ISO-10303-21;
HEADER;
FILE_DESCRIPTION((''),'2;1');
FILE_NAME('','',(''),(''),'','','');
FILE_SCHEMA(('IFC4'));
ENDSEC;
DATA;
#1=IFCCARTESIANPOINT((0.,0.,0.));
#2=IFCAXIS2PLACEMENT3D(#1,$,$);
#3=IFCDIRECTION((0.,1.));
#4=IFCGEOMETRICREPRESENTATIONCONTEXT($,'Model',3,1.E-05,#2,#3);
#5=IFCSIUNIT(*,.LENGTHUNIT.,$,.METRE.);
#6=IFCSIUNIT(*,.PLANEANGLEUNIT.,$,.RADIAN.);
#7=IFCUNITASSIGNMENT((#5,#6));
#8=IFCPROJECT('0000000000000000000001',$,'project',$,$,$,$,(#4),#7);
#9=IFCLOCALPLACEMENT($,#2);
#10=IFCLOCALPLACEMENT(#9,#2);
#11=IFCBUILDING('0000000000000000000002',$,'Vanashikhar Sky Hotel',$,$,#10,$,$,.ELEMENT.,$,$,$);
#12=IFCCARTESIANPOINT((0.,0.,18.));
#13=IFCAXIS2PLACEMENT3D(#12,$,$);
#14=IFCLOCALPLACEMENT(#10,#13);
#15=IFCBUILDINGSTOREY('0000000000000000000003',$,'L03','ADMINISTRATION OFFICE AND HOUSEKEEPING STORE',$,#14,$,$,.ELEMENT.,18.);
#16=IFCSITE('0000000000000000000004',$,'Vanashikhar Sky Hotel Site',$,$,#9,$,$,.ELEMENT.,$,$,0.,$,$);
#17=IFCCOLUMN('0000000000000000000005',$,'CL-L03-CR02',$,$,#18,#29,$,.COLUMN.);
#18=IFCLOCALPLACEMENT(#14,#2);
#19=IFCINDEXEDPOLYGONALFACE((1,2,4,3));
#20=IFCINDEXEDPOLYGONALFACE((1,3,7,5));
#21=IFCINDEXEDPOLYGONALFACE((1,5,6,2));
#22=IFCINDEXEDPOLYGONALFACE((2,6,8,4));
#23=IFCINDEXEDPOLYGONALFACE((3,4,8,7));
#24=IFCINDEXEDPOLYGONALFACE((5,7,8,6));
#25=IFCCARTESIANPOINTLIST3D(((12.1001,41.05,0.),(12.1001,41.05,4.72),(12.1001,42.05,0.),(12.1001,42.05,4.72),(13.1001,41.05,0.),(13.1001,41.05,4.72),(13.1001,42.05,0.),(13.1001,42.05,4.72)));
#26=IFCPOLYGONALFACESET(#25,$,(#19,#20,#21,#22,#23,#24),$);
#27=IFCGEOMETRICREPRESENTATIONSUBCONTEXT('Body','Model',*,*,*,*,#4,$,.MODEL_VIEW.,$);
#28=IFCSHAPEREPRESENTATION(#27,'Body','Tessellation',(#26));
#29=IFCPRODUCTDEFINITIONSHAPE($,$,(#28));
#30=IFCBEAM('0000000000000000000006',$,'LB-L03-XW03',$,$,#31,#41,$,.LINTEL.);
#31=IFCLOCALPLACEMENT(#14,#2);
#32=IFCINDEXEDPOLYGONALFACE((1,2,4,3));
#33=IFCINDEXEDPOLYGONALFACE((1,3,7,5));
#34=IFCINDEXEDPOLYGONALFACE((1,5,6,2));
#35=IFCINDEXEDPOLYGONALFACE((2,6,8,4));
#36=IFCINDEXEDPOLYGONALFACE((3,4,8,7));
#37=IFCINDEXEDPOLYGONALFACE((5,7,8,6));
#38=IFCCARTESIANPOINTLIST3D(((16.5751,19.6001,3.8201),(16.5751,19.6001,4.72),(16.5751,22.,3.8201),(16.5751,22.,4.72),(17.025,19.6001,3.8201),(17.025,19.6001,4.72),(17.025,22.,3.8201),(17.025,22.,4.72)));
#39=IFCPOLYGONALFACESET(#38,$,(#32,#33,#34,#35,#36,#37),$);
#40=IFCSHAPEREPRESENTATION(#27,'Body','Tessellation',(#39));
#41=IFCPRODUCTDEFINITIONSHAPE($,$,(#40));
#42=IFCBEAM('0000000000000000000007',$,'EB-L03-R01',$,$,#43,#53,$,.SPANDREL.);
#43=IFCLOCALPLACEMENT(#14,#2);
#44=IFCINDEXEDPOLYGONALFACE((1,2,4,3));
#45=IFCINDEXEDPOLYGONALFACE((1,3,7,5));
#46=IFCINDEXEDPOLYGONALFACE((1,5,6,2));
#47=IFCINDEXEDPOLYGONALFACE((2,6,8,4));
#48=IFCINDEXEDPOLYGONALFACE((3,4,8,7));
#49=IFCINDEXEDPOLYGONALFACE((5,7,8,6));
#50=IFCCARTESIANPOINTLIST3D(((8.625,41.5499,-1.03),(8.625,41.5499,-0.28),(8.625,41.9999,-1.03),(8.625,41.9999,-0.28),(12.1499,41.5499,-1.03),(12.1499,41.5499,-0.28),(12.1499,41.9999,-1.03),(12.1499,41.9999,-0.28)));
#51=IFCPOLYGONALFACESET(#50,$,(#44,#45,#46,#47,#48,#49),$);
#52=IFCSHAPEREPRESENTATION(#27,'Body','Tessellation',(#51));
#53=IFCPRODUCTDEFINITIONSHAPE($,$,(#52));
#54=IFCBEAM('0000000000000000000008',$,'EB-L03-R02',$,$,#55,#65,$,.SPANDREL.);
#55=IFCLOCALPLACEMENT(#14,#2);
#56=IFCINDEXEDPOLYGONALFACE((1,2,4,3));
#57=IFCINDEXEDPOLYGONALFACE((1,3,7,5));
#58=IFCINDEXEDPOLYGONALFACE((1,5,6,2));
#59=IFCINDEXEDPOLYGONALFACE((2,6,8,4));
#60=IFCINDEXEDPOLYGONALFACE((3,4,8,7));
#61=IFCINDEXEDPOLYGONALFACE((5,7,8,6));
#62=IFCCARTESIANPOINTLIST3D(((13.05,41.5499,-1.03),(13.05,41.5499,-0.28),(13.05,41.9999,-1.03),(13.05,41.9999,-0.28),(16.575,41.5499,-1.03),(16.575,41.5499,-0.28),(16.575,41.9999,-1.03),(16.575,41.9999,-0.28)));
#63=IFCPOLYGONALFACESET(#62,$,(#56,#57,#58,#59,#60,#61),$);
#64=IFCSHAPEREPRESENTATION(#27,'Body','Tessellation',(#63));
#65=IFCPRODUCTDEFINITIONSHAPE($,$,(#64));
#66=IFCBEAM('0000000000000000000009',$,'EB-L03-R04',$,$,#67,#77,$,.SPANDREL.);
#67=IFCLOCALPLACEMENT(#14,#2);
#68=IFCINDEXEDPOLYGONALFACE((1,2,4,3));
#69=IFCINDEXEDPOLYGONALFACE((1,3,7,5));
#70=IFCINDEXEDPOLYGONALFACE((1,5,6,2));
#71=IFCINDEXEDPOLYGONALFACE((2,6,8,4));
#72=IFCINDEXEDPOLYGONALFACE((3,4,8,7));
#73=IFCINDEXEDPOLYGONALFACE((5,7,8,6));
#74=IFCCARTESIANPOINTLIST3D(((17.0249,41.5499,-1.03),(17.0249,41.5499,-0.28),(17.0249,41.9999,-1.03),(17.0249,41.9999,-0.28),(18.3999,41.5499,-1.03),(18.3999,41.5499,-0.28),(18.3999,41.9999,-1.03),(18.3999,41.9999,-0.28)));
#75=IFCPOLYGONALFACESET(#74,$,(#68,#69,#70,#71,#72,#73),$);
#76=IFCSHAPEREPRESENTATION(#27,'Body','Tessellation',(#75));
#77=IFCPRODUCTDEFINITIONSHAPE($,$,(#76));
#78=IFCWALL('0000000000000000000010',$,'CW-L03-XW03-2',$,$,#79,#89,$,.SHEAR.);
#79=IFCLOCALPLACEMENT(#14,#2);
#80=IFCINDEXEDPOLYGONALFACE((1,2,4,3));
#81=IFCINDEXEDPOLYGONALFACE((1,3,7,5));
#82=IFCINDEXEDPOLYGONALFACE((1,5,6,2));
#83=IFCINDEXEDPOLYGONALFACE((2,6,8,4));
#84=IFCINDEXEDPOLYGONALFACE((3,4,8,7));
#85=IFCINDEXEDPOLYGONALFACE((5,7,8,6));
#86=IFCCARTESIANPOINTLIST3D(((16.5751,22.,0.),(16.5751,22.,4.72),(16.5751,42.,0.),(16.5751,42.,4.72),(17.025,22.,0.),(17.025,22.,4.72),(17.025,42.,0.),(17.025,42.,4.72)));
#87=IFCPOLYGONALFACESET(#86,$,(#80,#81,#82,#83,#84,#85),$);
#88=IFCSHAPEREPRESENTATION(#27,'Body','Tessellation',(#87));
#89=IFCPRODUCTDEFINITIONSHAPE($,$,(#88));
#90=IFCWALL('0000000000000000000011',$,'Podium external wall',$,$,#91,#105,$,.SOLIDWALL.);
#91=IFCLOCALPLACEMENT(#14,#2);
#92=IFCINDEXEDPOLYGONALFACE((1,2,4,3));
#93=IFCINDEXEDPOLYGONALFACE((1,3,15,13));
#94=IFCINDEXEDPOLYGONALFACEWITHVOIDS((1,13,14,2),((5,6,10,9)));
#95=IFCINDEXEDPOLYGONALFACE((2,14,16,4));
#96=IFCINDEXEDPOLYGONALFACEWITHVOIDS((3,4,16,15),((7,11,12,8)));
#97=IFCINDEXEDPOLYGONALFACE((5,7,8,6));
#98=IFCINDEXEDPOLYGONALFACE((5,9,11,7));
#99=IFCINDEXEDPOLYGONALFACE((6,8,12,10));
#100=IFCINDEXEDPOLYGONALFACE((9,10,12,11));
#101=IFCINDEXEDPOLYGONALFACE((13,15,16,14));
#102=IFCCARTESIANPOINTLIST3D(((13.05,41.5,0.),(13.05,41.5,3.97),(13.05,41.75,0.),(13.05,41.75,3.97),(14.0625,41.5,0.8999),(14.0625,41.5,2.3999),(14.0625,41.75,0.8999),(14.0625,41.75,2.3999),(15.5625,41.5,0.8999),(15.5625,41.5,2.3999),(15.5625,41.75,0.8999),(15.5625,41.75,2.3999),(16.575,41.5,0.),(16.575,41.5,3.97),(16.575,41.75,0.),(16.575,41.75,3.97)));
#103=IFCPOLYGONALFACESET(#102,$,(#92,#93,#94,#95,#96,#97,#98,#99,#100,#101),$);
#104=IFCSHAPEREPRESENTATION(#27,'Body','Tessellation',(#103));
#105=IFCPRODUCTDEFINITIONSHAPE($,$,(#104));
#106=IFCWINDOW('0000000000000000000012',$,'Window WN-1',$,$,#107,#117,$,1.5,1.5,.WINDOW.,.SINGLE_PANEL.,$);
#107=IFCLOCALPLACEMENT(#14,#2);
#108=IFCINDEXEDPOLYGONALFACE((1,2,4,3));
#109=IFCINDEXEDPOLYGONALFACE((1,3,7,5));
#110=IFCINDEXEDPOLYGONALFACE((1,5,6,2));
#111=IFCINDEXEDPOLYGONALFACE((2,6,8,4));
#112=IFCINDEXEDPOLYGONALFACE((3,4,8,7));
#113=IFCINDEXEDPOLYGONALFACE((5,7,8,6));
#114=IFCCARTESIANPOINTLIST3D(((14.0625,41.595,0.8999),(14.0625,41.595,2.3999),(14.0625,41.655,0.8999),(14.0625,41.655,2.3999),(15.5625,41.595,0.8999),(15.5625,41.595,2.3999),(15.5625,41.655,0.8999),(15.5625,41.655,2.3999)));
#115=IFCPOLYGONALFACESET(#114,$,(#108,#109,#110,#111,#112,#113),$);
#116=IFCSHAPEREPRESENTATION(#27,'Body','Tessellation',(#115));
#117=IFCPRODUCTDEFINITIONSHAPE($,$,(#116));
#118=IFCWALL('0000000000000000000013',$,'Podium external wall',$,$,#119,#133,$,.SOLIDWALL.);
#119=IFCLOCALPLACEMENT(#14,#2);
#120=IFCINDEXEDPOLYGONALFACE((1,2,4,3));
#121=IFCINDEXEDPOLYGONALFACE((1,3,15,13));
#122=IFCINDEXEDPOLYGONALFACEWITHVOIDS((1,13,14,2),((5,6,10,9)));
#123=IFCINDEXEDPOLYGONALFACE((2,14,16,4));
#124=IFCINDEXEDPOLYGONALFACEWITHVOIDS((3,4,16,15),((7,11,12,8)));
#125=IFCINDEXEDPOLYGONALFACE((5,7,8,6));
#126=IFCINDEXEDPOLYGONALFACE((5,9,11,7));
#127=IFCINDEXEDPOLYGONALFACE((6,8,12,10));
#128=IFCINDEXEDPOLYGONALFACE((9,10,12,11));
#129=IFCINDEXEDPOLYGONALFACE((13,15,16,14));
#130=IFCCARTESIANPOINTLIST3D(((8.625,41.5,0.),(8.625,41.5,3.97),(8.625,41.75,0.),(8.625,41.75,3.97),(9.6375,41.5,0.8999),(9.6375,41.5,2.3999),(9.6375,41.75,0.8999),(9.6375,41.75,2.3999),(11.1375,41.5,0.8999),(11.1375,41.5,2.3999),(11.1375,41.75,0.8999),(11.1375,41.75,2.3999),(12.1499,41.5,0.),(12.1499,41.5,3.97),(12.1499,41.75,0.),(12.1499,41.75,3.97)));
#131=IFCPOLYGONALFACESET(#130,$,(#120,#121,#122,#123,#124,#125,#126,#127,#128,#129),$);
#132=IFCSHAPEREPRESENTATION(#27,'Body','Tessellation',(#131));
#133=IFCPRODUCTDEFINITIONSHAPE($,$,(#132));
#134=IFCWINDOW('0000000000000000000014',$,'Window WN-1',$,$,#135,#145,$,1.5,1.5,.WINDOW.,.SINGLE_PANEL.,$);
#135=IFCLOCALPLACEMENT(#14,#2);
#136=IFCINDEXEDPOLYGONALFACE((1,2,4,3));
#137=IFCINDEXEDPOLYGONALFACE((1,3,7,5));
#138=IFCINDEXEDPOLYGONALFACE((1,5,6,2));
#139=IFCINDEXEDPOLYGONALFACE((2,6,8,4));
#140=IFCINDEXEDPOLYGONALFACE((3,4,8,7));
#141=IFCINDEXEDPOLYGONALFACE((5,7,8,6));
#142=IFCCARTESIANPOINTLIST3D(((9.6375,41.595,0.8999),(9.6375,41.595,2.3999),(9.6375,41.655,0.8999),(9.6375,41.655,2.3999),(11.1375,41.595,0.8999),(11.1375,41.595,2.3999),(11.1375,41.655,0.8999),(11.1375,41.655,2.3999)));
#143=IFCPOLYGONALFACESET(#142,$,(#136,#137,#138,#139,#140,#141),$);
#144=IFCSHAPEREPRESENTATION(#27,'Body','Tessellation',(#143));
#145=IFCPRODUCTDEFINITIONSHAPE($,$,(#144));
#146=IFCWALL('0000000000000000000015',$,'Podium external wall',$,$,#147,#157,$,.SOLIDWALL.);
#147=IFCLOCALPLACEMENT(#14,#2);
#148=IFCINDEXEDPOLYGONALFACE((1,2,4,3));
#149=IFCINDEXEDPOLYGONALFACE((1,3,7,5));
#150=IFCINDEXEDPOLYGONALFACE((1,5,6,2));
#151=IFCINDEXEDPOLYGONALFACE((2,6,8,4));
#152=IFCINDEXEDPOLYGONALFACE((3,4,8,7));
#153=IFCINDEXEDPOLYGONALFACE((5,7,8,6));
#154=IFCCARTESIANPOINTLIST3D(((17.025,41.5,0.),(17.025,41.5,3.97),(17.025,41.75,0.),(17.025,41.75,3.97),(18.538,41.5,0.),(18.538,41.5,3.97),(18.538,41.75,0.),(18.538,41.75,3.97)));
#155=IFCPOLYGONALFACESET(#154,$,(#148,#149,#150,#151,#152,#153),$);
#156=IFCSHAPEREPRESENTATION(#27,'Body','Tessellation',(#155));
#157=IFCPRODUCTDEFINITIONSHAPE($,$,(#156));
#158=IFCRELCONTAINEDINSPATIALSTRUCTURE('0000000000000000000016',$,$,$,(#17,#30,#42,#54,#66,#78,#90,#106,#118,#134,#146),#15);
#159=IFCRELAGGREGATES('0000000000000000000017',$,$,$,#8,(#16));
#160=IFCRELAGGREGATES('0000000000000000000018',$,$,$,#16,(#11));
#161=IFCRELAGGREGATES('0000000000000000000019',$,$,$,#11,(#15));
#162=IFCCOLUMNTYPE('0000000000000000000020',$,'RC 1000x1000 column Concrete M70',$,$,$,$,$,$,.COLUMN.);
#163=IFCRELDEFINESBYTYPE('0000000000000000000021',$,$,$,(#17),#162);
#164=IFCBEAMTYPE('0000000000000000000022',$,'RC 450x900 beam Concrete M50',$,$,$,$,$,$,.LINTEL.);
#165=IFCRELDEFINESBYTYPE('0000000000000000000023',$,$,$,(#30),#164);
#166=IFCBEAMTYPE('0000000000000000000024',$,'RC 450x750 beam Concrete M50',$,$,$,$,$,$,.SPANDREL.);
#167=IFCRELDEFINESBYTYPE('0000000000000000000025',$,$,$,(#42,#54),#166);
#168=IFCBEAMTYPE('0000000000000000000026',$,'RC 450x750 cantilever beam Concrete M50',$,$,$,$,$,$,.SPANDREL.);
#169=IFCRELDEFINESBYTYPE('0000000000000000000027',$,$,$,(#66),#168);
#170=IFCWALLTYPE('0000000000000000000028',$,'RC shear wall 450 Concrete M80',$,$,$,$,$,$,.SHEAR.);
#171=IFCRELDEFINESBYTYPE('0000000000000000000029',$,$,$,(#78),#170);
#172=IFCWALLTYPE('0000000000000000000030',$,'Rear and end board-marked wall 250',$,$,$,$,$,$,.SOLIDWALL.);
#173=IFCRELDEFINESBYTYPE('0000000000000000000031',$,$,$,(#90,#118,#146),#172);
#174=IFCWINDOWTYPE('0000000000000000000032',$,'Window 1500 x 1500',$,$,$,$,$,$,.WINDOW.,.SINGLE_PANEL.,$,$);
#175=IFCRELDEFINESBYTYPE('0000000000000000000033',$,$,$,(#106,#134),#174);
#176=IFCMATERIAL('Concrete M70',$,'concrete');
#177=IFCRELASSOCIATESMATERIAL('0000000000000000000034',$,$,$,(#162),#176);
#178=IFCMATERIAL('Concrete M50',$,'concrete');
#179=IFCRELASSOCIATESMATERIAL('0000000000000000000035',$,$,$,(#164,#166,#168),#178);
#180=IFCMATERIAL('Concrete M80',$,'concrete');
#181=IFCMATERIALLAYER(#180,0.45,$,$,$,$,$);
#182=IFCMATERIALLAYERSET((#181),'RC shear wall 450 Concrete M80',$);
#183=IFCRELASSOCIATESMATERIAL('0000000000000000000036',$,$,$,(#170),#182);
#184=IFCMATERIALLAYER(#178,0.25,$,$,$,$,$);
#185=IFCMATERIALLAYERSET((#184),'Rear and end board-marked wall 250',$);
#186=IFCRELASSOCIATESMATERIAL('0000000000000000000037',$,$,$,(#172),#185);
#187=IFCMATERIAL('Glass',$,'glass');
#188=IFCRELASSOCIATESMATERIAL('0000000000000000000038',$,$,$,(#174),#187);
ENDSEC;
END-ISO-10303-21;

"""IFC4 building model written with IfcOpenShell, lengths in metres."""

from ifc_helpers import new_model, si_unit, direction, frame, frame_2d, origin, origin_2d, place, context, subcontext, project, spatial, rectangle, extrude, source, transform, mapped, material, layer, layer_set, material_profile, profile_set, type_object, element, fill, save


model = new_model("IFC4")

# Units and contexts
model_context = context("Model", 3, precision=1e-05, world=origin(), true_north=direction((0.0, 1.0)))
body_context = subcontext(model_context, "Body", "Model", "MODEL_VIEW")
ifc_project = project(units=[si_unit("LENGTHUNIT", "METRE"), si_unit("PLANEANGLEUNIT", "RADIAN")], contexts=[model_context])

# Site, building, storey
site_placement = place(None, origin())
site = spatial("IfcSite", under=ifc_project, at=site_placement, Name="Vanashikhar Sky Hotel Site", CompositionType="ELEMENT", RefElevation=0.0)
building_placement = place(site_placement, origin())
building = spatial("IfcBuilding", under=site, at=building_placement, Name="Vanashikhar Sky Hotel", CompositionType="ELEMENT")
storey_placement = place(building_placement, frame((0.0, 0.0, 18.0)))
storey = spatial("IfcBuildingStorey", under=building, at=storey_placement, Name="L03", Description="ADMINISTRATION OFFICE AND HOUSEKEEPING STORE", CompositionType="ELEMENT", Elevation=18.0)

# Column
ifc_material_1 = material(Name="Concrete M70", Category="concrete")
ifc_material_profile_1 = material_profile(ifc_material_1, rectangle(XDim=1.0, YDim=1.0, at=origin_2d()))
ifc_profile_set_1 = profile_set([ifc_material_profile_1], Name="RC 1000x1000 column Concrete M70")
column_type = type_object("IfcColumnType", Name="RC 1000x1000 column Concrete M70", PredefinedType="COLUMN", material=ifc_profile_set_1)
shared_shape_1 = source(origin(), body_context, "Body", "SweptSolid", [
    extrude(rectangle(XDim=1.0, YDim=1.0, at=origin_2d()), origin(), (0.0, 0.0, 1.0), 4.72),
])
column_placement = place(storey_placement, frame((12.6001, 41.55, 0.0), z_axis=(0.0, 0.0, 1.0), x_axis=(1.0, 0.0, 0.0)))
element("IfcColumn", 1, at=column_placement, inside=storey, type_object=column_type, Name="CL-L03-CR02", PredefinedType="COLUMN", context=body_context, shape_type="MappedRepresentation", body=[
    mapped(shared_shape_1, transform((0.0, 0.0, 0.0), scale=1.0)),
])

# Beams
ifc_material_2 = material(Name="Concrete M50", Category="concrete")
ifc_material_profile_2 = material_profile(ifc_material_2, rectangle(XDim=0.45, YDim=0.8999, at=origin_2d()))
ifc_profile_set_2 = profile_set([ifc_material_profile_2], Name="RC 450x900 beam Concrete M50")
beam_type_1 = type_object("IfcBeamType", Name="RC 450x900 beam Concrete M50", PredefinedType="LINTEL", material=ifc_profile_set_2)
shared_shape_2 = source(origin(), body_context, "Body", "SweptSolid", [
    extrude(rectangle(XDim=0.45, YDim=0.8999, at=origin_2d()), origin(), (0.0, 0.0, 1.0), 2.3999),
])
beam_1_placement = place(storey_placement, frame((16.8, 19.6001, 4.27), z_axis=(0.0, 1.0, 0.0), x_axis=(-1.0, 0.0, 0.0)))
element("IfcBeam", 2, at=beam_1_placement, inside=storey, type_object=beam_type_1, Name="LB-L03-XW03", PredefinedType="LINTEL", context=body_context, shape_type="MappedRepresentation", body=[
    mapped(shared_shape_2, transform((0.0, 0.0, 0.0), scale=1.0)),
])
ifc_material_profile_3 = material_profile(ifc_material_2, rectangle(XDim=0.45, YDim=0.75, at=origin_2d()))
ifc_profile_set_3 = profile_set([ifc_material_profile_3], Name="RC 450x750 beam Concrete M50")
beam_type_2 = type_object("IfcBeamType", Name="RC 450x750 beam Concrete M50", PredefinedType="SPANDREL", material=ifc_profile_set_3)
shared_shape_3 = source(origin(), body_context, "Body", "SweptSolid", [
    extrude(rectangle(XDim=0.45, YDim=0.75, at=origin_2d()), origin(), (0.0, 0.0, 1.0), 3.5249),
])
for number, where, z_axis, x_axis, name in (
    (3, (8.625, 41.7749, -0.655), (1.0, 0.0, 0.0), (0.0, 1.0, 0.0), "EB-L03-R01"),
    (4, (13.05, 41.7749, -0.655), (1.0, 0.0, 0.0), (0.0, 1.0, 0.0), "EB-L03-R02"),
):
    element("IfcBeam", number, at=place(storey_placement, frame(where, z_axis=z_axis, x_axis=x_axis)), inside=storey, type_object=beam_type_2, Name=name, PredefinedType="SPANDREL", context=body_context, shape_type="MappedRepresentation", body=[
        mapped(shared_shape_3, transform((0.0, 0.0, 0.0), scale=1.0)),
    ])
ifc_material_profile_4 = material_profile(ifc_material_2, rectangle(XDim=0.45, YDim=0.75, at=origin_2d()))
ifc_profile_set_4 = profile_set([ifc_material_profile_4], Name="RC 450x750 cantilever beam Concrete M50")
beam_type_3 = type_object("IfcBeamType", Name="RC 450x750 cantilever beam Concrete M50", PredefinedType="SPANDREL", material=ifc_profile_set_4)
shared_shape_4 = source(origin(), body_context, "Body", "SweptSolid", [
    extrude(rectangle(XDim=0.45, YDim=0.75, at=origin_2d()), origin(), (0.0, 0.0, 1.0), 1.375),
])
beam_2_placement = place(storey_placement, frame((17.0249, 41.7749, -0.655), z_axis=(1.0, 0.0, 0.0), x_axis=(0.0, 1.0, 0.0)))
element("IfcBeam", 5, at=beam_2_placement, inside=storey, type_object=beam_type_3, Name="EB-L03-R04", PredefinedType="SPANDREL", context=body_context, shape_type="MappedRepresentation", body=[
    mapped(shared_shape_4, transform((0.0, 0.0, 0.0), scale=1.0)),
])

# Wall
ifc_material_3 = material(Name="Concrete M80", Category="concrete")
ifc_layer_1 = layer(ifc_material_3, 0.45)
ifc_layer_set_1 = layer_set([ifc_layer_1], Name="RC shear wall 450 Concrete M80")
wall_type_1 = type_object("IfcWallType", Name="RC shear wall 450 Concrete M80", PredefinedType="SHEAR", material=ifc_layer_set_1)
shared_shape_5 = source(origin(), body_context, "Body", "SweptSolid", [
    extrude(rectangle(XDim=20.0, YDim=0.45, at=frame_2d((10.0, 0.0))), origin(), (0.0, 0.0, 1.0), 4.72),
])
wall_1_placement = place(storey_placement, frame((16.8, 22.0, 0.0), z_axis=(0.0, 0.0, 1.0), x_axis=(0.0, 1.0, 0.0)))
element("IfcWall", 6, at=wall_1_placement, inside=storey, type_object=wall_type_1, Name="CW-L03-XW03-2", PredefinedType="SHEAR", context=body_context, shape_type="MappedRepresentation", body=[
    mapped(shared_shape_5, transform((0.0, 0.0, 0.0), scale=1.0)),
])

# Walls, openings, windows
ifc_layer_2 = layer(ifc_material_2, 0.25)
ifc_layer_set_2 = layer_set([ifc_layer_2], Name="Rear and end board-marked wall 250")
wall_type_2 = type_object("IfcWallType", Name="Rear and end board-marked wall 250", PredefinedType="SOLIDWALL", material=ifc_layer_set_2)
shared_shape_6 = source(origin(), body_context, "Body", "SweptSolid", [
    extrude(rectangle(XDim=3.5249, YDim=0.25, at=frame_2d((1.7625, 0.0))), origin(), (0.0, 0.0, 1.0), 3.97),
])
wall_2_placement = place(storey_placement, frame((16.575, 41.625, 0.0), z_axis=(0.0, 0.0, 1.0), x_axis=(-1.0, 0.0, 0.0)))
wall_2 = element("IfcWall", 7, at=wall_2_placement, inside=storey, type_object=wall_type_2, Name="Podium external wall", PredefinedType="SOLIDWALL", context=body_context, shape_type="MappedRepresentation", body=[
    mapped(shared_shape_6, transform((0.0, 0.0, 0.0), scale=1.0)),
])
shared_shape_7 = source(origin(), body_context, "Body", "SweptSolid", [
    extrude(rectangle(XDim=1.5, YDim=1.5, at=frame_2d((0.75, 0.75))), frame((0.0, 0.135, 0.0), z_axis=(0.0, -1.0, 0.0), x_axis=(1.0, 0.0, 0.0)), (0.0, 0.0, 1.0), 0.27),
])
opening_1_placement = place(wall_2_placement, frame((1.0125, 0.0, 0.8999)))
opening_1 = element("IfcOpeningElement", 8, at=opening_1_placement, cuts=wall_2, PredefinedType="OPENING", context=body_context, shape_type="MappedRepresentation", body=[
    mapped(shared_shape_7, transform((0.0, 0.0, 0.0), scale=1.0)),
])
ifc_material_4 = material(Name="Glass", Category="glass")
window_type = type_object("IfcWindowType", Name="Window 1500 x 1500", PartitioningType="SINGLE_PANEL", PredefinedType="WINDOW", material=ifc_material_4)
shared_shape_8 = source(origin(), body_context, "Body", "SweptSolid", [
    extrude(rectangle(XDim=1.5, YDim=1.5, at=frame_2d((0.75, 0.75))), frame((0.0, 0.03, 0.0), z_axis=(0.0, -1.0, 0.0), x_axis=(1.0, 0.0, 0.0)), (0.0, 0.0, 1.0), 0.0601),
])
window_1_placement = place(opening_1_placement, origin())
window_1 = element("IfcWindow", 9, at=window_1_placement, inside=storey, type_object=window_type, Name="Window WN-1", OverallHeight=1.5, OverallWidth=1.5, PartitioningType="SINGLE_PANEL", PredefinedType="WINDOW", context=body_context, shape_type="MappedRepresentation", body=[
    mapped(shared_shape_8, transform((0.0, 0.0, 0.0), scale=1.0)),
])
fill(opening_1, window_1)
wall_3_placement = place(storey_placement, frame((12.1499, 41.625, 0.0), z_axis=(0.0, 0.0, 1.0), x_axis=(-1.0, 0.0, 0.0)))
wall_3 = element("IfcWall", 10, at=wall_3_placement, inside=storey, type_object=wall_type_2, Name="Podium external wall", PredefinedType="SOLIDWALL", context=body_context, shape_type="MappedRepresentation", body=[
    mapped(shared_shape_6, transform((0.0, 0.0, 0.0), scale=1.0)),
])
opening_2_placement = place(wall_3_placement, frame((1.0125, 0.0, 0.8999)))
opening_2 = element("IfcOpeningElement", 11, at=opening_2_placement, cuts=wall_3, PredefinedType="OPENING", context=body_context, shape_type="MappedRepresentation", body=[
    mapped(shared_shape_7, transform((0.0, 0.0, 0.0), scale=1.0)),
])
window_2_placement = place(opening_2_placement, origin())
window_2 = element("IfcWindow", 12, at=window_2_placement, inside=storey, type_object=window_type, Name="Window WN-1", OverallHeight=1.5, OverallWidth=1.5, PartitioningType="SINGLE_PANEL", PredefinedType="WINDOW", context=body_context, shape_type="MappedRepresentation", body=[
    mapped(shared_shape_8, transform((0.0, 0.0, 0.0), scale=1.0)),
])
fill(opening_2, window_2)

# Wall
shared_shape_9 = source(origin(), body_context, "Body", "SweptSolid", [
    extrude(rectangle(XDim=1.5129, YDim=0.25, at=frame_2d((0.7563, 0.0))), origin(), (0.0, 0.0, 1.0), 3.97),
])
wall_4_placement = place(storey_placement, frame((18.5378, 41.625, 0.0), z_axis=(0.0, 0.0, 1.0), x_axis=(-1.0, 0.0, 0.0)))
element("IfcWall", 13, at=wall_4_placement, inside=storey, type_object=wall_type_2, Name="Podium external wall", PredefinedType="SOLIDWALL", context=body_context, shape_type="MappedRepresentation", body=[
    mapped(shared_shape_9, transform((0.0, 0.0, 0.0), scale=1.0)),
])

save(model, "model.ifc")
